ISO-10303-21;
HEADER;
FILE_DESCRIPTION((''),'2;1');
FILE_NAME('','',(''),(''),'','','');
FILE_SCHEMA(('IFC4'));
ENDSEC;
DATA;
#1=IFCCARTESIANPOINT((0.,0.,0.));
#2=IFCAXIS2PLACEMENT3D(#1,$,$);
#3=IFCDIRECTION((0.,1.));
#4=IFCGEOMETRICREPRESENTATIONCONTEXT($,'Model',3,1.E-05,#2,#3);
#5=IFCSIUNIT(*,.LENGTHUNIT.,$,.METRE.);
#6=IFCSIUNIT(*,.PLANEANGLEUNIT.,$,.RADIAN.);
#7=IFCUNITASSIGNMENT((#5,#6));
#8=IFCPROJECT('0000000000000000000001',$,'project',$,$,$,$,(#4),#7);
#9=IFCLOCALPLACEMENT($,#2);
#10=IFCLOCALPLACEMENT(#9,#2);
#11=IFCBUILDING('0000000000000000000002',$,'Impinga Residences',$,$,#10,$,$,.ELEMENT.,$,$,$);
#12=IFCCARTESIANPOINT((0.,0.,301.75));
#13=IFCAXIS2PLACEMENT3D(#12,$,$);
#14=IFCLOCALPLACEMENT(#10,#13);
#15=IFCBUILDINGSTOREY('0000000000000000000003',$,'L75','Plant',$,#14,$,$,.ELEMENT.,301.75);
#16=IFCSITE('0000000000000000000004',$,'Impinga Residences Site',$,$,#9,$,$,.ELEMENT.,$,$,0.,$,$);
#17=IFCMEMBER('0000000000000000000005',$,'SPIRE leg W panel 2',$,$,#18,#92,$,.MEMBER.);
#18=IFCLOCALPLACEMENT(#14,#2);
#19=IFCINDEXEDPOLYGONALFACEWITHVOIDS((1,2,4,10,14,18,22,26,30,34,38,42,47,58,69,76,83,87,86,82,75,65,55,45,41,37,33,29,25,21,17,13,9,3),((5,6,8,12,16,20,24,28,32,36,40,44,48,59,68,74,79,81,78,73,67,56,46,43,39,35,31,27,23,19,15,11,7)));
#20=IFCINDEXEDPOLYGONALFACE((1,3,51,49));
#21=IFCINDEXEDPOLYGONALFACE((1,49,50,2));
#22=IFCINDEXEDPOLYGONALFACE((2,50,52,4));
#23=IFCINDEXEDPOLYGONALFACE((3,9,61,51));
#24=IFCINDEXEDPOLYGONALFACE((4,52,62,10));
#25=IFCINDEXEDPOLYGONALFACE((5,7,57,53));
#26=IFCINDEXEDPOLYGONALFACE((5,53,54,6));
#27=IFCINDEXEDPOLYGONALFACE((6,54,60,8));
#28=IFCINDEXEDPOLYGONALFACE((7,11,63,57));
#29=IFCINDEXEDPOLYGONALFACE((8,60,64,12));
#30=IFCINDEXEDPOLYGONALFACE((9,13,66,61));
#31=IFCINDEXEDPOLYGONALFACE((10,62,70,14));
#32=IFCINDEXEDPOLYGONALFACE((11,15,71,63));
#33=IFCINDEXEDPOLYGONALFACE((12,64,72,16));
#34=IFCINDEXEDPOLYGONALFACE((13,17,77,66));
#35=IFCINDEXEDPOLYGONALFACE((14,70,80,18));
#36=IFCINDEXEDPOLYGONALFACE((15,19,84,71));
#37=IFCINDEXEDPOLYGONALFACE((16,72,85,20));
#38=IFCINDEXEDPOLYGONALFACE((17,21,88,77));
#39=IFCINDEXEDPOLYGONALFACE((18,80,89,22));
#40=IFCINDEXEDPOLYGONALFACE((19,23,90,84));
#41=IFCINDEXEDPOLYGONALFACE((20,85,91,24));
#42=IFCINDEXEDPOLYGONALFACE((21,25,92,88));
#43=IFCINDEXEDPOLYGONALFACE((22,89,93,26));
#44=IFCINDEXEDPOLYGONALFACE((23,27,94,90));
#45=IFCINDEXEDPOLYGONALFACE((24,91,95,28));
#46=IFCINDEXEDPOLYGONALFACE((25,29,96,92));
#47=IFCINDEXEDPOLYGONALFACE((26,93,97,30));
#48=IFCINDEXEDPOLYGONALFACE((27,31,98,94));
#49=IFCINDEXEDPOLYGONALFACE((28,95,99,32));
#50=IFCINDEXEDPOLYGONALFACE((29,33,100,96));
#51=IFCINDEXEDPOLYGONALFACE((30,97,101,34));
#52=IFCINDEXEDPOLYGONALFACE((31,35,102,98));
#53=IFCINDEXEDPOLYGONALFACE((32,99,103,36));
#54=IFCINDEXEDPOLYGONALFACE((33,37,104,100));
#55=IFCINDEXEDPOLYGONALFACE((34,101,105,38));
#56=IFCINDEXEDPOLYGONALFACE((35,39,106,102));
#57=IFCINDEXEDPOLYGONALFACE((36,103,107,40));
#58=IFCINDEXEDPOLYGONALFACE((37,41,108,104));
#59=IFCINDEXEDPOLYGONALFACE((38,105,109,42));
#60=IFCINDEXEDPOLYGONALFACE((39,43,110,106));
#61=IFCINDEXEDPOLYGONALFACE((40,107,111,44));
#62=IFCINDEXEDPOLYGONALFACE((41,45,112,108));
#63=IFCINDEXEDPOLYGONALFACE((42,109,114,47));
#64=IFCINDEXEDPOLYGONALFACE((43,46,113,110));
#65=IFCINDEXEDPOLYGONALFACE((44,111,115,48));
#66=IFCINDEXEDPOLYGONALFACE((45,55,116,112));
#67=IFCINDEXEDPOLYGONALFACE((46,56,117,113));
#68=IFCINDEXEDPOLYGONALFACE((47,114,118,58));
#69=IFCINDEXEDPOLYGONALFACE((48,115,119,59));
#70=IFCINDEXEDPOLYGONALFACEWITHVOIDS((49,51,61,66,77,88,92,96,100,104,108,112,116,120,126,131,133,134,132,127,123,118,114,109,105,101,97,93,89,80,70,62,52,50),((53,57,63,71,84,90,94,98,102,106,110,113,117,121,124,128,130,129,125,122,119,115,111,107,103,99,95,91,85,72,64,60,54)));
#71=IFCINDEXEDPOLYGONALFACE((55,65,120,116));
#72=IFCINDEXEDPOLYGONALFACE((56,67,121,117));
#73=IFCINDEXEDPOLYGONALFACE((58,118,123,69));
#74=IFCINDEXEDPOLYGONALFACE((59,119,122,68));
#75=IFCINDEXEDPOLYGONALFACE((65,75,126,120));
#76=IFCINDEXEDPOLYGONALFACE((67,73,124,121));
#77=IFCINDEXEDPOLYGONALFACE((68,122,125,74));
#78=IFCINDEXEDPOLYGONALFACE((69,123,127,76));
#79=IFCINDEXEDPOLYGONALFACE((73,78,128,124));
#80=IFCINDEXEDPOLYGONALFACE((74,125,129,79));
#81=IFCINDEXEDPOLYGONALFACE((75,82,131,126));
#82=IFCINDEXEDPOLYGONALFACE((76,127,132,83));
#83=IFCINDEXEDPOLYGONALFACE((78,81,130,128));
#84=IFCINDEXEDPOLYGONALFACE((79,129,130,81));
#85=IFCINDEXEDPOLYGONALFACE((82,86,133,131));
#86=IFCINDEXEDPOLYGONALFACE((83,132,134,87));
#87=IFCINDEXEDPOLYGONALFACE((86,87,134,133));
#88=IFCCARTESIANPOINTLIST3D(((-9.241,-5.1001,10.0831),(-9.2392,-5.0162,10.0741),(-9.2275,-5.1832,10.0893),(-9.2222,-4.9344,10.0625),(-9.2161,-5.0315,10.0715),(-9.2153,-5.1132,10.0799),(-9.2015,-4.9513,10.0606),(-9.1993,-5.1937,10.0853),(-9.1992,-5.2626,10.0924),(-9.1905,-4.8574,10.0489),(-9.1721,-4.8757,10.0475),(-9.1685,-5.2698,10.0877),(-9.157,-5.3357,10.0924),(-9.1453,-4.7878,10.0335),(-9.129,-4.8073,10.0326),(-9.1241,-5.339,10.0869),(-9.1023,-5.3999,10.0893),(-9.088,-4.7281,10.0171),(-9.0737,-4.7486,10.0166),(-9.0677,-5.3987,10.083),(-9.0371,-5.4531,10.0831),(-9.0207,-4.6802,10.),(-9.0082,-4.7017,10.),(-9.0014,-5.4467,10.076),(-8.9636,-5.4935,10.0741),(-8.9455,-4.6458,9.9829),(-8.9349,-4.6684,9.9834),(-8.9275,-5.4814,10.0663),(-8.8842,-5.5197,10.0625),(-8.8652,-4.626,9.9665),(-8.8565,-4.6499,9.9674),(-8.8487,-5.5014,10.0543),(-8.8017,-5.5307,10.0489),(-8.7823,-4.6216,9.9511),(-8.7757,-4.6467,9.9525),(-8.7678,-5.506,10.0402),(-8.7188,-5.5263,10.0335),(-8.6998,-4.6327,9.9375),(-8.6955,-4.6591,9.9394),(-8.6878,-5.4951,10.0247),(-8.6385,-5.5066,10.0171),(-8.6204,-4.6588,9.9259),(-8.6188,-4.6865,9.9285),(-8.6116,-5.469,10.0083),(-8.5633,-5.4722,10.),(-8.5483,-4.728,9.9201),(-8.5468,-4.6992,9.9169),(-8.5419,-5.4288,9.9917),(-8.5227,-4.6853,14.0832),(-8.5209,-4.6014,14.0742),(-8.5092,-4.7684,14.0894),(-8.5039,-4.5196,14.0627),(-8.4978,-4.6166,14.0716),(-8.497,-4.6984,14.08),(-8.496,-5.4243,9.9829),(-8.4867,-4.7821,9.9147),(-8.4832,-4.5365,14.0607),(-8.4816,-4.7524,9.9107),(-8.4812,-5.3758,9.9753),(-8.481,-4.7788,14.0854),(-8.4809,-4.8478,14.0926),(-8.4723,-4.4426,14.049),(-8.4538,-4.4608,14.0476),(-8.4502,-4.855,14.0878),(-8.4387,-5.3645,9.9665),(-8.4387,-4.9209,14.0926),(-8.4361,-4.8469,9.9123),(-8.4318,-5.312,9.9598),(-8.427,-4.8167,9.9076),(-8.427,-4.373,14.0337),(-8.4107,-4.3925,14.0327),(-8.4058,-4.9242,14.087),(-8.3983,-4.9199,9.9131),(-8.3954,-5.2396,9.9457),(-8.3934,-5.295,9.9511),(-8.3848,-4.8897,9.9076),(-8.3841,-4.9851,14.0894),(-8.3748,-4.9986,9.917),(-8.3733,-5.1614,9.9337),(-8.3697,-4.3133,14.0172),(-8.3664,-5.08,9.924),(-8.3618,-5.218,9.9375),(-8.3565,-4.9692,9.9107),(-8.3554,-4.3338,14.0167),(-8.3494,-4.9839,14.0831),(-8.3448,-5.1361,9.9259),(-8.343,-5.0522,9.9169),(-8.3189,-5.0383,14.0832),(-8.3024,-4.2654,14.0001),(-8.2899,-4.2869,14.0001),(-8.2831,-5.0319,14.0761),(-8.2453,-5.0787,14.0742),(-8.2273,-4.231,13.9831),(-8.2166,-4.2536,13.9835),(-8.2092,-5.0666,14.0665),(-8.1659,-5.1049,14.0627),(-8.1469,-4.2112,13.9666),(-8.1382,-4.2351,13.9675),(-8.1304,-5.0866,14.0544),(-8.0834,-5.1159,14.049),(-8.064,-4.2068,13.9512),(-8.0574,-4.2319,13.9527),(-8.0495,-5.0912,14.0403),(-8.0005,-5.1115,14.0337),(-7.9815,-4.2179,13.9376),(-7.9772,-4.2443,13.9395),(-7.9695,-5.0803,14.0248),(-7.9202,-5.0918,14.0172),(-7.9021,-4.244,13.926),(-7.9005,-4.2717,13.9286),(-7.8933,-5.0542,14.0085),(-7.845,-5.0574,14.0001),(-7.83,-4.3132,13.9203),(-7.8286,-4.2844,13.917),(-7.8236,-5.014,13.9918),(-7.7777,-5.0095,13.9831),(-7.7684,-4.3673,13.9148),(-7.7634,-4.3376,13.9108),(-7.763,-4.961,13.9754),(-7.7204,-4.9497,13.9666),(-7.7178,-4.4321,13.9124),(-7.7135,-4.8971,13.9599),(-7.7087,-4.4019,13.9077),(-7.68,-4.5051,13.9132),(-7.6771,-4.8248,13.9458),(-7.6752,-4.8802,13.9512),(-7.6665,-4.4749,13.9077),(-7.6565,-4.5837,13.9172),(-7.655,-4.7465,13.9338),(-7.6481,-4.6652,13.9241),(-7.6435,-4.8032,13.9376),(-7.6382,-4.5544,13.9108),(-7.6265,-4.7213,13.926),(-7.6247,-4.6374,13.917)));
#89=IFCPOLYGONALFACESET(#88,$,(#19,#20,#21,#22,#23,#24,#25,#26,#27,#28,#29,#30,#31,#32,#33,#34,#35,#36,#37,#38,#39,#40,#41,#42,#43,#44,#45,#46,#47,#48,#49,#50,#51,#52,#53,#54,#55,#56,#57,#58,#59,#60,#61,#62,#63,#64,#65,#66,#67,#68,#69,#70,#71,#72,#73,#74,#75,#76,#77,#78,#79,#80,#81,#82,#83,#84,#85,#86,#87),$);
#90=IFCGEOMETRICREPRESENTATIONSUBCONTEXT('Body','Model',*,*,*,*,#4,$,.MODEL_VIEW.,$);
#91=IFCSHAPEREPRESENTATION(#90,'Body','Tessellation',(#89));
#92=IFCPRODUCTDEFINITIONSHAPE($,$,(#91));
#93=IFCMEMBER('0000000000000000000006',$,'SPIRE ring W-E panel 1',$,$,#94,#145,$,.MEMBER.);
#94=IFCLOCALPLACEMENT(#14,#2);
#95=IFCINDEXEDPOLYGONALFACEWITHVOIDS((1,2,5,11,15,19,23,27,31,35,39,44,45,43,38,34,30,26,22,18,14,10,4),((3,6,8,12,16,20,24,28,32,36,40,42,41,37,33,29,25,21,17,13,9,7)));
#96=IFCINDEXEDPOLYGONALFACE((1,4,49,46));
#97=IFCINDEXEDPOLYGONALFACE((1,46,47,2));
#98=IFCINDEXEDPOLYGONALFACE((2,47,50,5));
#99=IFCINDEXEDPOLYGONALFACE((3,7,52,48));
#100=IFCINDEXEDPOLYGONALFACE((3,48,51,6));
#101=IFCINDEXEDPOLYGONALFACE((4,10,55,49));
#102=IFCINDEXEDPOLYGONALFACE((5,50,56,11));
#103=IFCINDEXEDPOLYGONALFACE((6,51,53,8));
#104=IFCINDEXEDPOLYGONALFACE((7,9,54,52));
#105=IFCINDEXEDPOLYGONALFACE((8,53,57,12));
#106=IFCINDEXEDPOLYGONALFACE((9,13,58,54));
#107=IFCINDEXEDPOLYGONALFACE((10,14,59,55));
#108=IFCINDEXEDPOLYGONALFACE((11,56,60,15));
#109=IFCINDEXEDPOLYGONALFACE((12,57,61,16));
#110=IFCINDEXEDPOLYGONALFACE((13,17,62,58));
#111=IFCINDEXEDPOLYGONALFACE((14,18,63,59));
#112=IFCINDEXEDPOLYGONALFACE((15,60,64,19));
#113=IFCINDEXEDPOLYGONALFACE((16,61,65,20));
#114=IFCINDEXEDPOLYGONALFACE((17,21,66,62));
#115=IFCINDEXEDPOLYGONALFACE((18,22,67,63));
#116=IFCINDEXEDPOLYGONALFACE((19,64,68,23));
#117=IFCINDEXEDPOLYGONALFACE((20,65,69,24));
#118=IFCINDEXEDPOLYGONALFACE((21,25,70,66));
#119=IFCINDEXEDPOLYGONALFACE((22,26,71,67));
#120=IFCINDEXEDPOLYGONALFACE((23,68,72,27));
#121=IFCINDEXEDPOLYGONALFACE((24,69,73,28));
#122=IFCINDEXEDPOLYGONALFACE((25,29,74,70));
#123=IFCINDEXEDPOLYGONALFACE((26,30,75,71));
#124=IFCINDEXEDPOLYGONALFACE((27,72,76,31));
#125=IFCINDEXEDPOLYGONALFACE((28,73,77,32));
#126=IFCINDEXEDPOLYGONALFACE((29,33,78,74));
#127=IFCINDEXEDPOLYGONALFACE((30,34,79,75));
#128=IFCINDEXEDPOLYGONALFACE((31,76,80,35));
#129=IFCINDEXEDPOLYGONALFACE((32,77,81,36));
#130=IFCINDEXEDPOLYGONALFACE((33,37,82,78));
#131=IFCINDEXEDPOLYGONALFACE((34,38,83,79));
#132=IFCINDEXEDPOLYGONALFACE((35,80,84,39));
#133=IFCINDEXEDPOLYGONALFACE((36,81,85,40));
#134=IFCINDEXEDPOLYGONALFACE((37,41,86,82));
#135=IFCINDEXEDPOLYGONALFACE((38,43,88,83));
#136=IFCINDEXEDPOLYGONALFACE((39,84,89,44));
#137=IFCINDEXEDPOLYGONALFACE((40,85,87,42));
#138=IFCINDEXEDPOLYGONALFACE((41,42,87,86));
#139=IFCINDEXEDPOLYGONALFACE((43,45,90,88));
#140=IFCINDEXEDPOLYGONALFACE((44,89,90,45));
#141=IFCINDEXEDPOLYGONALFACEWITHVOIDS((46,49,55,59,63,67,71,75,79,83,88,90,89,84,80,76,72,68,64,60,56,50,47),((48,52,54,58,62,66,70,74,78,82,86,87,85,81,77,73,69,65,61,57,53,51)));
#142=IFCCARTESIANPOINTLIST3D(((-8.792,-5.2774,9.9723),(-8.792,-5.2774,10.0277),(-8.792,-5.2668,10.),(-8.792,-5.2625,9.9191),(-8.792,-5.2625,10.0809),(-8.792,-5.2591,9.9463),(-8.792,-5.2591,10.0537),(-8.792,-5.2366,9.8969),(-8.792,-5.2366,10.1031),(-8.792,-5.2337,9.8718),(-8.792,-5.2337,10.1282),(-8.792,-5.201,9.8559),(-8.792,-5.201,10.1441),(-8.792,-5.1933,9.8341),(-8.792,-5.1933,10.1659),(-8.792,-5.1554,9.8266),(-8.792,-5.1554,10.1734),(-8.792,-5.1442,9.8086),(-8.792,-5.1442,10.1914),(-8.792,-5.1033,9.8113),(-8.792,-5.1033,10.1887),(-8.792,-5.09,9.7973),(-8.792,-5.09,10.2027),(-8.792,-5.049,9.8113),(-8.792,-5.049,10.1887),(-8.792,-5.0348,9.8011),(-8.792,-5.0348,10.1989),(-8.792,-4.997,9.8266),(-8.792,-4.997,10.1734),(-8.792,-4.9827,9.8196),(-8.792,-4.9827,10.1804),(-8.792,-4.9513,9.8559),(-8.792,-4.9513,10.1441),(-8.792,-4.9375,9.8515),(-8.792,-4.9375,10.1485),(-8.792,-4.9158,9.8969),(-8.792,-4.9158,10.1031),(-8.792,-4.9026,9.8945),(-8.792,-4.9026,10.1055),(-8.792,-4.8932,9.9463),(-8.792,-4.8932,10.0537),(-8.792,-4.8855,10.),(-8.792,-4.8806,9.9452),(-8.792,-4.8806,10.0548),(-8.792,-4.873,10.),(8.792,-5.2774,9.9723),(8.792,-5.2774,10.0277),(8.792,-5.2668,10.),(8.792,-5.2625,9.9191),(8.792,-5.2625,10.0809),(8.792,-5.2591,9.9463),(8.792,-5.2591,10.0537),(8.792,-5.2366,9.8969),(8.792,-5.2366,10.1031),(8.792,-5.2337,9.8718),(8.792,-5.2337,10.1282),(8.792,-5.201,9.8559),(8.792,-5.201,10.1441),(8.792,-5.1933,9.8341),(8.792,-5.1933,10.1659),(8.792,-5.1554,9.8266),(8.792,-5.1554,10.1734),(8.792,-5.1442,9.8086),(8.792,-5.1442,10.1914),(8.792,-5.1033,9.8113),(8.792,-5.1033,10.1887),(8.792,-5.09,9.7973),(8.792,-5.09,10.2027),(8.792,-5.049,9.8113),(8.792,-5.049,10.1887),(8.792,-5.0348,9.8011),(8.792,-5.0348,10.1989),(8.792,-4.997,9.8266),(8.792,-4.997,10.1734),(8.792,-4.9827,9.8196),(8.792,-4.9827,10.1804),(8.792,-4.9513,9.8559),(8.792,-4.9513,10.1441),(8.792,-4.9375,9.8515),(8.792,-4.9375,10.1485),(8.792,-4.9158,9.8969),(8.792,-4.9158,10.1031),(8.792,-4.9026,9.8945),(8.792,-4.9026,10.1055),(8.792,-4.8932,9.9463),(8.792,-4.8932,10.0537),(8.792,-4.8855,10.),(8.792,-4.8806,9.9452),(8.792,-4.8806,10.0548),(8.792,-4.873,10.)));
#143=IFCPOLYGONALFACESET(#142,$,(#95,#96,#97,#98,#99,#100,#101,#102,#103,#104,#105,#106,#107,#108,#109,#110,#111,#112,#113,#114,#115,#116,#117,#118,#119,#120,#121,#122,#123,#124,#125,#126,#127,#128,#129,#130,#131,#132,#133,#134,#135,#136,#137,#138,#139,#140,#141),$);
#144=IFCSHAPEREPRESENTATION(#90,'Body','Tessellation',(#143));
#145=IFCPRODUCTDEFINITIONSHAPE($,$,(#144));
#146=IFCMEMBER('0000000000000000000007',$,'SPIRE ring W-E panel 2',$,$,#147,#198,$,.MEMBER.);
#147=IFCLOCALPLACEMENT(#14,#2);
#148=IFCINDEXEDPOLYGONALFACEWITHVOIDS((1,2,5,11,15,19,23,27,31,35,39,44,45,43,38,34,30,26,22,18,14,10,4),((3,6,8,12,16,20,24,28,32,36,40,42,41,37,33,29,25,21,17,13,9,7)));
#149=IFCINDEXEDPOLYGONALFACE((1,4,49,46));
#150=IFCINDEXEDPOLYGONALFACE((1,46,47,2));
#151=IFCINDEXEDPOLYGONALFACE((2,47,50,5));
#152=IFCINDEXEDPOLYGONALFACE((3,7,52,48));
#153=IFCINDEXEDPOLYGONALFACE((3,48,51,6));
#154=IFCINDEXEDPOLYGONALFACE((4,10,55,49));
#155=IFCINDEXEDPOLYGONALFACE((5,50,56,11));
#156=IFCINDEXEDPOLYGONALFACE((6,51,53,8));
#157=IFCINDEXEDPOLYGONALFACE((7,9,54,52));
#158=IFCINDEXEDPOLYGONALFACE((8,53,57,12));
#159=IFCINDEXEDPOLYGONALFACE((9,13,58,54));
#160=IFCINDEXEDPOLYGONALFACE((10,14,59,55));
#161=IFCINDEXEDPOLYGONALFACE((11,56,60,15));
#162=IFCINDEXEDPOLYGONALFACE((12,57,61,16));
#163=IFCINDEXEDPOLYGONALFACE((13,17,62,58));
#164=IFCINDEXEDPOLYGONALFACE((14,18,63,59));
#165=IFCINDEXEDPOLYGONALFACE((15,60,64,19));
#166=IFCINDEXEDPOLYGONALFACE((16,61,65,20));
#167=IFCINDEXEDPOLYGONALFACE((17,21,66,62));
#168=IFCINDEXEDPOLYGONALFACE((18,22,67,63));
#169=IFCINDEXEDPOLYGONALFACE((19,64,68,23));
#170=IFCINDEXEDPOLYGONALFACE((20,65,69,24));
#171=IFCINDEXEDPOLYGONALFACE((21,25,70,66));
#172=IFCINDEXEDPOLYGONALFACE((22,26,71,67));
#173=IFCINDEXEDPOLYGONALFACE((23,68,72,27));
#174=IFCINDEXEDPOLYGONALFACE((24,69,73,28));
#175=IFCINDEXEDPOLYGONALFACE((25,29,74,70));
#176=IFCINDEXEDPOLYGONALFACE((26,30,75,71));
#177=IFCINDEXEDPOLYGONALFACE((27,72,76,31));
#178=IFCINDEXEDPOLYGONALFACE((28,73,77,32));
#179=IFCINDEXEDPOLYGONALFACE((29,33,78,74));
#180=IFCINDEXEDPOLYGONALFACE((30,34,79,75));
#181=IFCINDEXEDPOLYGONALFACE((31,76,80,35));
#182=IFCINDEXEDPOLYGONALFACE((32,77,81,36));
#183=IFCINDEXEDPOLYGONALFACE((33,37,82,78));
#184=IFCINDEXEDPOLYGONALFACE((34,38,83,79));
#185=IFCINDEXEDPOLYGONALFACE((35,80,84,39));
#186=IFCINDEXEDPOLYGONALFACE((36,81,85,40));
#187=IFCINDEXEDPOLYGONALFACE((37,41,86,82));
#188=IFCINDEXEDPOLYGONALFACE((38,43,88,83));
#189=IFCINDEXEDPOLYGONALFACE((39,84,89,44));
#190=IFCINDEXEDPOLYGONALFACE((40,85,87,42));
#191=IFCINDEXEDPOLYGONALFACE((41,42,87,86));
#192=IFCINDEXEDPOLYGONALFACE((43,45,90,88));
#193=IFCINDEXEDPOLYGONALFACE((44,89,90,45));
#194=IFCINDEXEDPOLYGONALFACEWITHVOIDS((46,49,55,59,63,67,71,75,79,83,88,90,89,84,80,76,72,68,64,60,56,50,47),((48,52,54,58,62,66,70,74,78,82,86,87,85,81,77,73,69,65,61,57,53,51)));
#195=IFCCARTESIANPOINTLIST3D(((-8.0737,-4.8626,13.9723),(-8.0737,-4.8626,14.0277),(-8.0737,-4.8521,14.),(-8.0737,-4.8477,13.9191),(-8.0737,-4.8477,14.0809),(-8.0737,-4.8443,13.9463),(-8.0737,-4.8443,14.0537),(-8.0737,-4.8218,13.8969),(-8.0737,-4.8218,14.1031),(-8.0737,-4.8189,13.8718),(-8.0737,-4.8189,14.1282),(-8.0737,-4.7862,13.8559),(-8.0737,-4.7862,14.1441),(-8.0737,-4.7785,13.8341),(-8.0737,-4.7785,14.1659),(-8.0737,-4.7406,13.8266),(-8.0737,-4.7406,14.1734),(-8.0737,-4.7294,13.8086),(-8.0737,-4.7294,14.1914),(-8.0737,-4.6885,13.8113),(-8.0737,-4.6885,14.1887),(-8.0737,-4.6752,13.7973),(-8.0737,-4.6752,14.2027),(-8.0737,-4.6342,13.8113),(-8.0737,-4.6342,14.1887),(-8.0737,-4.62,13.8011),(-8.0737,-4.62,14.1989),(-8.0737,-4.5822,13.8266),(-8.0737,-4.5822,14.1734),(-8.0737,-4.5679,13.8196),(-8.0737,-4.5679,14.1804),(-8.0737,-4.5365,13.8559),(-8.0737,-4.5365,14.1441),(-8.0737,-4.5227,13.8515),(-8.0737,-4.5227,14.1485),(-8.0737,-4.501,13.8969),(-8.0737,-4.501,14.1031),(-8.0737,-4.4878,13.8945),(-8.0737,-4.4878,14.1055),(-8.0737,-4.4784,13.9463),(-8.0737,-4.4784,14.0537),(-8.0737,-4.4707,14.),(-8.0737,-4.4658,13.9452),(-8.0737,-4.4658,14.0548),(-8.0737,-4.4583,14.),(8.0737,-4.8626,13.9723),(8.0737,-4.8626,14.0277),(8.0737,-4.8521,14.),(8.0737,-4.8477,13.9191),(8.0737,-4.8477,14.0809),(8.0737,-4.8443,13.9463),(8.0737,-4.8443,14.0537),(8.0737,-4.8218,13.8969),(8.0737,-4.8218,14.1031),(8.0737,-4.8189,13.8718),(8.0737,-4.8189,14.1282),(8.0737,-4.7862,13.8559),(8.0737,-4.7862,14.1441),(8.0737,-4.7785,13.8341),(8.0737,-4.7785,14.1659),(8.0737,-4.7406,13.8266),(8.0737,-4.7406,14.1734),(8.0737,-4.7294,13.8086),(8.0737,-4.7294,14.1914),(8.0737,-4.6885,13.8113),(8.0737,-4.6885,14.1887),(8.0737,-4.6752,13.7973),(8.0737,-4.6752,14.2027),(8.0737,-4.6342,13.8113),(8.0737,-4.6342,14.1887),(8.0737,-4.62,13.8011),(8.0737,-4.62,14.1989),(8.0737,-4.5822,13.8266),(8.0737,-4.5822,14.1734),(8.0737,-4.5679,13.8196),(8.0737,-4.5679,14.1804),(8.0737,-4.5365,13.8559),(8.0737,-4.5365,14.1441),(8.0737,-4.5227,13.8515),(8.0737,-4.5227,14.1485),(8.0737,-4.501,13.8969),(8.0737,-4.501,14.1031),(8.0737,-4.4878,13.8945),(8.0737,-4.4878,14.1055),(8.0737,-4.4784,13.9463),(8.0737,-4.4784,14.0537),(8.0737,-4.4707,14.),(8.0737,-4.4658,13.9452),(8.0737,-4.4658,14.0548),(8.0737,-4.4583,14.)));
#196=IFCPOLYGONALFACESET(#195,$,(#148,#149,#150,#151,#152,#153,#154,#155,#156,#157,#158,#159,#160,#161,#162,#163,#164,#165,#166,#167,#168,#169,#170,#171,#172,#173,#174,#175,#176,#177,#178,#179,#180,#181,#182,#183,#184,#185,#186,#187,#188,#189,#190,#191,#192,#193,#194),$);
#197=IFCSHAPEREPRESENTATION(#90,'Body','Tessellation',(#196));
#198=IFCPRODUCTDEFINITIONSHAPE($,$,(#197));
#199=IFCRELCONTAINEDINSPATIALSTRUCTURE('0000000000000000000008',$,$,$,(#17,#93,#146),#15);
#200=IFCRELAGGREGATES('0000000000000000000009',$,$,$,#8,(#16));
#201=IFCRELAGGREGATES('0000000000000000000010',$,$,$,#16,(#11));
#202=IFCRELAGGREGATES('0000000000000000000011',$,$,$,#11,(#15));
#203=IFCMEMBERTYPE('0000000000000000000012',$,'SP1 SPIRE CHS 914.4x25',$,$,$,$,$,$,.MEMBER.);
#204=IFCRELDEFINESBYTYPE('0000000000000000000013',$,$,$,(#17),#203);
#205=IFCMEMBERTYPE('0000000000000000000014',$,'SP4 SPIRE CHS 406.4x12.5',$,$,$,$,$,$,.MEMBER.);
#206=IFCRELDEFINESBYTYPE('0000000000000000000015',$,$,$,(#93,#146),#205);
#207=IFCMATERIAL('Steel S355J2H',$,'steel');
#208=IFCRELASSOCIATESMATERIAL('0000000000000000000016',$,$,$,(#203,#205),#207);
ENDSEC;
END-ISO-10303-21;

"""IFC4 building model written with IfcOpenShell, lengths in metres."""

from ifc_helpers import new_model, si_unit, direction, frame, origin, origin_2d, place, context, subcontext, project, spatial, hollow_circle, extrude, material, material_profile, profile_set, type_object, element, save


model = new_model("IFC4")

# Units and contexts
model_context = context("Model", 3, precision=1e-05, world=origin(), true_north=direction((0.0, 1.0)))
body_context = subcontext(model_context, "Body", "Model", "MODEL_VIEW")
ifc_project = project(units=[si_unit("LENGTHUNIT", "METRE"), si_unit("PLANEANGLEUNIT", "RADIAN")], contexts=[model_context])

# Site, building, storey
site_placement = place(None, origin())
site = spatial("IfcSite", under=ifc_project, at=site_placement, Name="Impinga Residences Site", CompositionType="ELEMENT", RefElevation=0.0)
building_placement = place(site_placement, origin())
building = spatial("IfcBuilding", under=site, at=building_placement, Name="Impinga Residences", CompositionType="ELEMENT")
storey_placement = place(building_placement, frame((0.0, 0.0, 301.75)))
storey = spatial("IfcBuildingStorey", under=building, at=storey_placement, Name="L75", Description="Plant", CompositionType="ELEMENT", Elevation=301.75)

# Members
ifc_material_1 = material(Name="Steel S355J2H", Category="steel")
ifc_material_profile_1 = material_profile(ifc_material_1, hollow_circle(Radius=0.4573, WallThickness=0.0249, at=origin_2d()), Name="CHS 914.4x25")
ifc_profile_set_1 = profile_set([ifc_material_profile_1], Name="Steel S355J2H")
member_type_1 = type_object("IfcMemberType", Name="SP1 SPIRE CHS 914.4x25", PredefinedType="MEMBER", material=ifc_profile_set_1)
member_1_placement = place(storey_placement, frame((-8.792, -5.0762, 10.0), z_axis=(0.175825, 0.101539, 0.979171), x_axis=(-0.500096, 0.86597, 0.0)))
element("IfcMember", 1, at=member_1_placement, inside=storey, type_object=member_type_1, Name="SPIRE leg W panel 2", PredefinedType="MEMBER", context=body_context, shape_type="SweptSolid", body=[
    extrude(hollow_circle(Radius=0.4573, WallThickness=0.0249, at=origin_2d()), origin(), (0.0, 0.0, 1.0), 4.0852),
])
ifc_material_profile_2 = material_profile(ifc_material_1, hollow_circle(Radius=0.2031, WallThickness=0.0125, at=origin_2d()), Name="CHS 406.4x12.5")
ifc_profile_set_2 = profile_set([ifc_material_profile_2], Name="Steel S355J2H")
member_type_2 = type_object("IfcMemberType", Name="SP4 SPIRE CHS 406.4x12.5", PredefinedType="MEMBER", material=ifc_profile_set_2)
member_2_placement = place(storey_placement, frame((-8.792, -5.0762, 10.0), z_axis=(1.0, 0.0, 0.0), x_axis=(0.0, 1.0, 0.0)))
element("IfcMember", 2, at=member_2_placement, inside=storey, type_object=member_type_2, Name="SPIRE ring W-E panel 1", PredefinedType="MEMBER", context=body_context, shape_type="SweptSolid", body=[
    extrude(hollow_circle(Radius=0.2031, WallThickness=0.0125, at=origin_2d()), origin(), (0.0, 0.0, 1.0), 17.584),
])
member_3_placement = place(storey_placement, frame((-8.0737, -4.6614, 14.0), z_axis=(1.0, 0.0, 0.0), x_axis=(0.0, 1.0, 0.0)))
element("IfcMember", 3, at=member_3_placement, inside=storey, type_object=member_type_2, Name="SPIRE ring W-E panel 2", PredefinedType="MEMBER", context=body_context, shape_type="SweptSolid", body=[
    extrude(hollow_circle(Radius=0.2031, WallThickness=0.0125, at=origin_2d()), origin(), (0.0, 0.0, 1.0), 16.1475),
])

save(model, "model.ifc")
